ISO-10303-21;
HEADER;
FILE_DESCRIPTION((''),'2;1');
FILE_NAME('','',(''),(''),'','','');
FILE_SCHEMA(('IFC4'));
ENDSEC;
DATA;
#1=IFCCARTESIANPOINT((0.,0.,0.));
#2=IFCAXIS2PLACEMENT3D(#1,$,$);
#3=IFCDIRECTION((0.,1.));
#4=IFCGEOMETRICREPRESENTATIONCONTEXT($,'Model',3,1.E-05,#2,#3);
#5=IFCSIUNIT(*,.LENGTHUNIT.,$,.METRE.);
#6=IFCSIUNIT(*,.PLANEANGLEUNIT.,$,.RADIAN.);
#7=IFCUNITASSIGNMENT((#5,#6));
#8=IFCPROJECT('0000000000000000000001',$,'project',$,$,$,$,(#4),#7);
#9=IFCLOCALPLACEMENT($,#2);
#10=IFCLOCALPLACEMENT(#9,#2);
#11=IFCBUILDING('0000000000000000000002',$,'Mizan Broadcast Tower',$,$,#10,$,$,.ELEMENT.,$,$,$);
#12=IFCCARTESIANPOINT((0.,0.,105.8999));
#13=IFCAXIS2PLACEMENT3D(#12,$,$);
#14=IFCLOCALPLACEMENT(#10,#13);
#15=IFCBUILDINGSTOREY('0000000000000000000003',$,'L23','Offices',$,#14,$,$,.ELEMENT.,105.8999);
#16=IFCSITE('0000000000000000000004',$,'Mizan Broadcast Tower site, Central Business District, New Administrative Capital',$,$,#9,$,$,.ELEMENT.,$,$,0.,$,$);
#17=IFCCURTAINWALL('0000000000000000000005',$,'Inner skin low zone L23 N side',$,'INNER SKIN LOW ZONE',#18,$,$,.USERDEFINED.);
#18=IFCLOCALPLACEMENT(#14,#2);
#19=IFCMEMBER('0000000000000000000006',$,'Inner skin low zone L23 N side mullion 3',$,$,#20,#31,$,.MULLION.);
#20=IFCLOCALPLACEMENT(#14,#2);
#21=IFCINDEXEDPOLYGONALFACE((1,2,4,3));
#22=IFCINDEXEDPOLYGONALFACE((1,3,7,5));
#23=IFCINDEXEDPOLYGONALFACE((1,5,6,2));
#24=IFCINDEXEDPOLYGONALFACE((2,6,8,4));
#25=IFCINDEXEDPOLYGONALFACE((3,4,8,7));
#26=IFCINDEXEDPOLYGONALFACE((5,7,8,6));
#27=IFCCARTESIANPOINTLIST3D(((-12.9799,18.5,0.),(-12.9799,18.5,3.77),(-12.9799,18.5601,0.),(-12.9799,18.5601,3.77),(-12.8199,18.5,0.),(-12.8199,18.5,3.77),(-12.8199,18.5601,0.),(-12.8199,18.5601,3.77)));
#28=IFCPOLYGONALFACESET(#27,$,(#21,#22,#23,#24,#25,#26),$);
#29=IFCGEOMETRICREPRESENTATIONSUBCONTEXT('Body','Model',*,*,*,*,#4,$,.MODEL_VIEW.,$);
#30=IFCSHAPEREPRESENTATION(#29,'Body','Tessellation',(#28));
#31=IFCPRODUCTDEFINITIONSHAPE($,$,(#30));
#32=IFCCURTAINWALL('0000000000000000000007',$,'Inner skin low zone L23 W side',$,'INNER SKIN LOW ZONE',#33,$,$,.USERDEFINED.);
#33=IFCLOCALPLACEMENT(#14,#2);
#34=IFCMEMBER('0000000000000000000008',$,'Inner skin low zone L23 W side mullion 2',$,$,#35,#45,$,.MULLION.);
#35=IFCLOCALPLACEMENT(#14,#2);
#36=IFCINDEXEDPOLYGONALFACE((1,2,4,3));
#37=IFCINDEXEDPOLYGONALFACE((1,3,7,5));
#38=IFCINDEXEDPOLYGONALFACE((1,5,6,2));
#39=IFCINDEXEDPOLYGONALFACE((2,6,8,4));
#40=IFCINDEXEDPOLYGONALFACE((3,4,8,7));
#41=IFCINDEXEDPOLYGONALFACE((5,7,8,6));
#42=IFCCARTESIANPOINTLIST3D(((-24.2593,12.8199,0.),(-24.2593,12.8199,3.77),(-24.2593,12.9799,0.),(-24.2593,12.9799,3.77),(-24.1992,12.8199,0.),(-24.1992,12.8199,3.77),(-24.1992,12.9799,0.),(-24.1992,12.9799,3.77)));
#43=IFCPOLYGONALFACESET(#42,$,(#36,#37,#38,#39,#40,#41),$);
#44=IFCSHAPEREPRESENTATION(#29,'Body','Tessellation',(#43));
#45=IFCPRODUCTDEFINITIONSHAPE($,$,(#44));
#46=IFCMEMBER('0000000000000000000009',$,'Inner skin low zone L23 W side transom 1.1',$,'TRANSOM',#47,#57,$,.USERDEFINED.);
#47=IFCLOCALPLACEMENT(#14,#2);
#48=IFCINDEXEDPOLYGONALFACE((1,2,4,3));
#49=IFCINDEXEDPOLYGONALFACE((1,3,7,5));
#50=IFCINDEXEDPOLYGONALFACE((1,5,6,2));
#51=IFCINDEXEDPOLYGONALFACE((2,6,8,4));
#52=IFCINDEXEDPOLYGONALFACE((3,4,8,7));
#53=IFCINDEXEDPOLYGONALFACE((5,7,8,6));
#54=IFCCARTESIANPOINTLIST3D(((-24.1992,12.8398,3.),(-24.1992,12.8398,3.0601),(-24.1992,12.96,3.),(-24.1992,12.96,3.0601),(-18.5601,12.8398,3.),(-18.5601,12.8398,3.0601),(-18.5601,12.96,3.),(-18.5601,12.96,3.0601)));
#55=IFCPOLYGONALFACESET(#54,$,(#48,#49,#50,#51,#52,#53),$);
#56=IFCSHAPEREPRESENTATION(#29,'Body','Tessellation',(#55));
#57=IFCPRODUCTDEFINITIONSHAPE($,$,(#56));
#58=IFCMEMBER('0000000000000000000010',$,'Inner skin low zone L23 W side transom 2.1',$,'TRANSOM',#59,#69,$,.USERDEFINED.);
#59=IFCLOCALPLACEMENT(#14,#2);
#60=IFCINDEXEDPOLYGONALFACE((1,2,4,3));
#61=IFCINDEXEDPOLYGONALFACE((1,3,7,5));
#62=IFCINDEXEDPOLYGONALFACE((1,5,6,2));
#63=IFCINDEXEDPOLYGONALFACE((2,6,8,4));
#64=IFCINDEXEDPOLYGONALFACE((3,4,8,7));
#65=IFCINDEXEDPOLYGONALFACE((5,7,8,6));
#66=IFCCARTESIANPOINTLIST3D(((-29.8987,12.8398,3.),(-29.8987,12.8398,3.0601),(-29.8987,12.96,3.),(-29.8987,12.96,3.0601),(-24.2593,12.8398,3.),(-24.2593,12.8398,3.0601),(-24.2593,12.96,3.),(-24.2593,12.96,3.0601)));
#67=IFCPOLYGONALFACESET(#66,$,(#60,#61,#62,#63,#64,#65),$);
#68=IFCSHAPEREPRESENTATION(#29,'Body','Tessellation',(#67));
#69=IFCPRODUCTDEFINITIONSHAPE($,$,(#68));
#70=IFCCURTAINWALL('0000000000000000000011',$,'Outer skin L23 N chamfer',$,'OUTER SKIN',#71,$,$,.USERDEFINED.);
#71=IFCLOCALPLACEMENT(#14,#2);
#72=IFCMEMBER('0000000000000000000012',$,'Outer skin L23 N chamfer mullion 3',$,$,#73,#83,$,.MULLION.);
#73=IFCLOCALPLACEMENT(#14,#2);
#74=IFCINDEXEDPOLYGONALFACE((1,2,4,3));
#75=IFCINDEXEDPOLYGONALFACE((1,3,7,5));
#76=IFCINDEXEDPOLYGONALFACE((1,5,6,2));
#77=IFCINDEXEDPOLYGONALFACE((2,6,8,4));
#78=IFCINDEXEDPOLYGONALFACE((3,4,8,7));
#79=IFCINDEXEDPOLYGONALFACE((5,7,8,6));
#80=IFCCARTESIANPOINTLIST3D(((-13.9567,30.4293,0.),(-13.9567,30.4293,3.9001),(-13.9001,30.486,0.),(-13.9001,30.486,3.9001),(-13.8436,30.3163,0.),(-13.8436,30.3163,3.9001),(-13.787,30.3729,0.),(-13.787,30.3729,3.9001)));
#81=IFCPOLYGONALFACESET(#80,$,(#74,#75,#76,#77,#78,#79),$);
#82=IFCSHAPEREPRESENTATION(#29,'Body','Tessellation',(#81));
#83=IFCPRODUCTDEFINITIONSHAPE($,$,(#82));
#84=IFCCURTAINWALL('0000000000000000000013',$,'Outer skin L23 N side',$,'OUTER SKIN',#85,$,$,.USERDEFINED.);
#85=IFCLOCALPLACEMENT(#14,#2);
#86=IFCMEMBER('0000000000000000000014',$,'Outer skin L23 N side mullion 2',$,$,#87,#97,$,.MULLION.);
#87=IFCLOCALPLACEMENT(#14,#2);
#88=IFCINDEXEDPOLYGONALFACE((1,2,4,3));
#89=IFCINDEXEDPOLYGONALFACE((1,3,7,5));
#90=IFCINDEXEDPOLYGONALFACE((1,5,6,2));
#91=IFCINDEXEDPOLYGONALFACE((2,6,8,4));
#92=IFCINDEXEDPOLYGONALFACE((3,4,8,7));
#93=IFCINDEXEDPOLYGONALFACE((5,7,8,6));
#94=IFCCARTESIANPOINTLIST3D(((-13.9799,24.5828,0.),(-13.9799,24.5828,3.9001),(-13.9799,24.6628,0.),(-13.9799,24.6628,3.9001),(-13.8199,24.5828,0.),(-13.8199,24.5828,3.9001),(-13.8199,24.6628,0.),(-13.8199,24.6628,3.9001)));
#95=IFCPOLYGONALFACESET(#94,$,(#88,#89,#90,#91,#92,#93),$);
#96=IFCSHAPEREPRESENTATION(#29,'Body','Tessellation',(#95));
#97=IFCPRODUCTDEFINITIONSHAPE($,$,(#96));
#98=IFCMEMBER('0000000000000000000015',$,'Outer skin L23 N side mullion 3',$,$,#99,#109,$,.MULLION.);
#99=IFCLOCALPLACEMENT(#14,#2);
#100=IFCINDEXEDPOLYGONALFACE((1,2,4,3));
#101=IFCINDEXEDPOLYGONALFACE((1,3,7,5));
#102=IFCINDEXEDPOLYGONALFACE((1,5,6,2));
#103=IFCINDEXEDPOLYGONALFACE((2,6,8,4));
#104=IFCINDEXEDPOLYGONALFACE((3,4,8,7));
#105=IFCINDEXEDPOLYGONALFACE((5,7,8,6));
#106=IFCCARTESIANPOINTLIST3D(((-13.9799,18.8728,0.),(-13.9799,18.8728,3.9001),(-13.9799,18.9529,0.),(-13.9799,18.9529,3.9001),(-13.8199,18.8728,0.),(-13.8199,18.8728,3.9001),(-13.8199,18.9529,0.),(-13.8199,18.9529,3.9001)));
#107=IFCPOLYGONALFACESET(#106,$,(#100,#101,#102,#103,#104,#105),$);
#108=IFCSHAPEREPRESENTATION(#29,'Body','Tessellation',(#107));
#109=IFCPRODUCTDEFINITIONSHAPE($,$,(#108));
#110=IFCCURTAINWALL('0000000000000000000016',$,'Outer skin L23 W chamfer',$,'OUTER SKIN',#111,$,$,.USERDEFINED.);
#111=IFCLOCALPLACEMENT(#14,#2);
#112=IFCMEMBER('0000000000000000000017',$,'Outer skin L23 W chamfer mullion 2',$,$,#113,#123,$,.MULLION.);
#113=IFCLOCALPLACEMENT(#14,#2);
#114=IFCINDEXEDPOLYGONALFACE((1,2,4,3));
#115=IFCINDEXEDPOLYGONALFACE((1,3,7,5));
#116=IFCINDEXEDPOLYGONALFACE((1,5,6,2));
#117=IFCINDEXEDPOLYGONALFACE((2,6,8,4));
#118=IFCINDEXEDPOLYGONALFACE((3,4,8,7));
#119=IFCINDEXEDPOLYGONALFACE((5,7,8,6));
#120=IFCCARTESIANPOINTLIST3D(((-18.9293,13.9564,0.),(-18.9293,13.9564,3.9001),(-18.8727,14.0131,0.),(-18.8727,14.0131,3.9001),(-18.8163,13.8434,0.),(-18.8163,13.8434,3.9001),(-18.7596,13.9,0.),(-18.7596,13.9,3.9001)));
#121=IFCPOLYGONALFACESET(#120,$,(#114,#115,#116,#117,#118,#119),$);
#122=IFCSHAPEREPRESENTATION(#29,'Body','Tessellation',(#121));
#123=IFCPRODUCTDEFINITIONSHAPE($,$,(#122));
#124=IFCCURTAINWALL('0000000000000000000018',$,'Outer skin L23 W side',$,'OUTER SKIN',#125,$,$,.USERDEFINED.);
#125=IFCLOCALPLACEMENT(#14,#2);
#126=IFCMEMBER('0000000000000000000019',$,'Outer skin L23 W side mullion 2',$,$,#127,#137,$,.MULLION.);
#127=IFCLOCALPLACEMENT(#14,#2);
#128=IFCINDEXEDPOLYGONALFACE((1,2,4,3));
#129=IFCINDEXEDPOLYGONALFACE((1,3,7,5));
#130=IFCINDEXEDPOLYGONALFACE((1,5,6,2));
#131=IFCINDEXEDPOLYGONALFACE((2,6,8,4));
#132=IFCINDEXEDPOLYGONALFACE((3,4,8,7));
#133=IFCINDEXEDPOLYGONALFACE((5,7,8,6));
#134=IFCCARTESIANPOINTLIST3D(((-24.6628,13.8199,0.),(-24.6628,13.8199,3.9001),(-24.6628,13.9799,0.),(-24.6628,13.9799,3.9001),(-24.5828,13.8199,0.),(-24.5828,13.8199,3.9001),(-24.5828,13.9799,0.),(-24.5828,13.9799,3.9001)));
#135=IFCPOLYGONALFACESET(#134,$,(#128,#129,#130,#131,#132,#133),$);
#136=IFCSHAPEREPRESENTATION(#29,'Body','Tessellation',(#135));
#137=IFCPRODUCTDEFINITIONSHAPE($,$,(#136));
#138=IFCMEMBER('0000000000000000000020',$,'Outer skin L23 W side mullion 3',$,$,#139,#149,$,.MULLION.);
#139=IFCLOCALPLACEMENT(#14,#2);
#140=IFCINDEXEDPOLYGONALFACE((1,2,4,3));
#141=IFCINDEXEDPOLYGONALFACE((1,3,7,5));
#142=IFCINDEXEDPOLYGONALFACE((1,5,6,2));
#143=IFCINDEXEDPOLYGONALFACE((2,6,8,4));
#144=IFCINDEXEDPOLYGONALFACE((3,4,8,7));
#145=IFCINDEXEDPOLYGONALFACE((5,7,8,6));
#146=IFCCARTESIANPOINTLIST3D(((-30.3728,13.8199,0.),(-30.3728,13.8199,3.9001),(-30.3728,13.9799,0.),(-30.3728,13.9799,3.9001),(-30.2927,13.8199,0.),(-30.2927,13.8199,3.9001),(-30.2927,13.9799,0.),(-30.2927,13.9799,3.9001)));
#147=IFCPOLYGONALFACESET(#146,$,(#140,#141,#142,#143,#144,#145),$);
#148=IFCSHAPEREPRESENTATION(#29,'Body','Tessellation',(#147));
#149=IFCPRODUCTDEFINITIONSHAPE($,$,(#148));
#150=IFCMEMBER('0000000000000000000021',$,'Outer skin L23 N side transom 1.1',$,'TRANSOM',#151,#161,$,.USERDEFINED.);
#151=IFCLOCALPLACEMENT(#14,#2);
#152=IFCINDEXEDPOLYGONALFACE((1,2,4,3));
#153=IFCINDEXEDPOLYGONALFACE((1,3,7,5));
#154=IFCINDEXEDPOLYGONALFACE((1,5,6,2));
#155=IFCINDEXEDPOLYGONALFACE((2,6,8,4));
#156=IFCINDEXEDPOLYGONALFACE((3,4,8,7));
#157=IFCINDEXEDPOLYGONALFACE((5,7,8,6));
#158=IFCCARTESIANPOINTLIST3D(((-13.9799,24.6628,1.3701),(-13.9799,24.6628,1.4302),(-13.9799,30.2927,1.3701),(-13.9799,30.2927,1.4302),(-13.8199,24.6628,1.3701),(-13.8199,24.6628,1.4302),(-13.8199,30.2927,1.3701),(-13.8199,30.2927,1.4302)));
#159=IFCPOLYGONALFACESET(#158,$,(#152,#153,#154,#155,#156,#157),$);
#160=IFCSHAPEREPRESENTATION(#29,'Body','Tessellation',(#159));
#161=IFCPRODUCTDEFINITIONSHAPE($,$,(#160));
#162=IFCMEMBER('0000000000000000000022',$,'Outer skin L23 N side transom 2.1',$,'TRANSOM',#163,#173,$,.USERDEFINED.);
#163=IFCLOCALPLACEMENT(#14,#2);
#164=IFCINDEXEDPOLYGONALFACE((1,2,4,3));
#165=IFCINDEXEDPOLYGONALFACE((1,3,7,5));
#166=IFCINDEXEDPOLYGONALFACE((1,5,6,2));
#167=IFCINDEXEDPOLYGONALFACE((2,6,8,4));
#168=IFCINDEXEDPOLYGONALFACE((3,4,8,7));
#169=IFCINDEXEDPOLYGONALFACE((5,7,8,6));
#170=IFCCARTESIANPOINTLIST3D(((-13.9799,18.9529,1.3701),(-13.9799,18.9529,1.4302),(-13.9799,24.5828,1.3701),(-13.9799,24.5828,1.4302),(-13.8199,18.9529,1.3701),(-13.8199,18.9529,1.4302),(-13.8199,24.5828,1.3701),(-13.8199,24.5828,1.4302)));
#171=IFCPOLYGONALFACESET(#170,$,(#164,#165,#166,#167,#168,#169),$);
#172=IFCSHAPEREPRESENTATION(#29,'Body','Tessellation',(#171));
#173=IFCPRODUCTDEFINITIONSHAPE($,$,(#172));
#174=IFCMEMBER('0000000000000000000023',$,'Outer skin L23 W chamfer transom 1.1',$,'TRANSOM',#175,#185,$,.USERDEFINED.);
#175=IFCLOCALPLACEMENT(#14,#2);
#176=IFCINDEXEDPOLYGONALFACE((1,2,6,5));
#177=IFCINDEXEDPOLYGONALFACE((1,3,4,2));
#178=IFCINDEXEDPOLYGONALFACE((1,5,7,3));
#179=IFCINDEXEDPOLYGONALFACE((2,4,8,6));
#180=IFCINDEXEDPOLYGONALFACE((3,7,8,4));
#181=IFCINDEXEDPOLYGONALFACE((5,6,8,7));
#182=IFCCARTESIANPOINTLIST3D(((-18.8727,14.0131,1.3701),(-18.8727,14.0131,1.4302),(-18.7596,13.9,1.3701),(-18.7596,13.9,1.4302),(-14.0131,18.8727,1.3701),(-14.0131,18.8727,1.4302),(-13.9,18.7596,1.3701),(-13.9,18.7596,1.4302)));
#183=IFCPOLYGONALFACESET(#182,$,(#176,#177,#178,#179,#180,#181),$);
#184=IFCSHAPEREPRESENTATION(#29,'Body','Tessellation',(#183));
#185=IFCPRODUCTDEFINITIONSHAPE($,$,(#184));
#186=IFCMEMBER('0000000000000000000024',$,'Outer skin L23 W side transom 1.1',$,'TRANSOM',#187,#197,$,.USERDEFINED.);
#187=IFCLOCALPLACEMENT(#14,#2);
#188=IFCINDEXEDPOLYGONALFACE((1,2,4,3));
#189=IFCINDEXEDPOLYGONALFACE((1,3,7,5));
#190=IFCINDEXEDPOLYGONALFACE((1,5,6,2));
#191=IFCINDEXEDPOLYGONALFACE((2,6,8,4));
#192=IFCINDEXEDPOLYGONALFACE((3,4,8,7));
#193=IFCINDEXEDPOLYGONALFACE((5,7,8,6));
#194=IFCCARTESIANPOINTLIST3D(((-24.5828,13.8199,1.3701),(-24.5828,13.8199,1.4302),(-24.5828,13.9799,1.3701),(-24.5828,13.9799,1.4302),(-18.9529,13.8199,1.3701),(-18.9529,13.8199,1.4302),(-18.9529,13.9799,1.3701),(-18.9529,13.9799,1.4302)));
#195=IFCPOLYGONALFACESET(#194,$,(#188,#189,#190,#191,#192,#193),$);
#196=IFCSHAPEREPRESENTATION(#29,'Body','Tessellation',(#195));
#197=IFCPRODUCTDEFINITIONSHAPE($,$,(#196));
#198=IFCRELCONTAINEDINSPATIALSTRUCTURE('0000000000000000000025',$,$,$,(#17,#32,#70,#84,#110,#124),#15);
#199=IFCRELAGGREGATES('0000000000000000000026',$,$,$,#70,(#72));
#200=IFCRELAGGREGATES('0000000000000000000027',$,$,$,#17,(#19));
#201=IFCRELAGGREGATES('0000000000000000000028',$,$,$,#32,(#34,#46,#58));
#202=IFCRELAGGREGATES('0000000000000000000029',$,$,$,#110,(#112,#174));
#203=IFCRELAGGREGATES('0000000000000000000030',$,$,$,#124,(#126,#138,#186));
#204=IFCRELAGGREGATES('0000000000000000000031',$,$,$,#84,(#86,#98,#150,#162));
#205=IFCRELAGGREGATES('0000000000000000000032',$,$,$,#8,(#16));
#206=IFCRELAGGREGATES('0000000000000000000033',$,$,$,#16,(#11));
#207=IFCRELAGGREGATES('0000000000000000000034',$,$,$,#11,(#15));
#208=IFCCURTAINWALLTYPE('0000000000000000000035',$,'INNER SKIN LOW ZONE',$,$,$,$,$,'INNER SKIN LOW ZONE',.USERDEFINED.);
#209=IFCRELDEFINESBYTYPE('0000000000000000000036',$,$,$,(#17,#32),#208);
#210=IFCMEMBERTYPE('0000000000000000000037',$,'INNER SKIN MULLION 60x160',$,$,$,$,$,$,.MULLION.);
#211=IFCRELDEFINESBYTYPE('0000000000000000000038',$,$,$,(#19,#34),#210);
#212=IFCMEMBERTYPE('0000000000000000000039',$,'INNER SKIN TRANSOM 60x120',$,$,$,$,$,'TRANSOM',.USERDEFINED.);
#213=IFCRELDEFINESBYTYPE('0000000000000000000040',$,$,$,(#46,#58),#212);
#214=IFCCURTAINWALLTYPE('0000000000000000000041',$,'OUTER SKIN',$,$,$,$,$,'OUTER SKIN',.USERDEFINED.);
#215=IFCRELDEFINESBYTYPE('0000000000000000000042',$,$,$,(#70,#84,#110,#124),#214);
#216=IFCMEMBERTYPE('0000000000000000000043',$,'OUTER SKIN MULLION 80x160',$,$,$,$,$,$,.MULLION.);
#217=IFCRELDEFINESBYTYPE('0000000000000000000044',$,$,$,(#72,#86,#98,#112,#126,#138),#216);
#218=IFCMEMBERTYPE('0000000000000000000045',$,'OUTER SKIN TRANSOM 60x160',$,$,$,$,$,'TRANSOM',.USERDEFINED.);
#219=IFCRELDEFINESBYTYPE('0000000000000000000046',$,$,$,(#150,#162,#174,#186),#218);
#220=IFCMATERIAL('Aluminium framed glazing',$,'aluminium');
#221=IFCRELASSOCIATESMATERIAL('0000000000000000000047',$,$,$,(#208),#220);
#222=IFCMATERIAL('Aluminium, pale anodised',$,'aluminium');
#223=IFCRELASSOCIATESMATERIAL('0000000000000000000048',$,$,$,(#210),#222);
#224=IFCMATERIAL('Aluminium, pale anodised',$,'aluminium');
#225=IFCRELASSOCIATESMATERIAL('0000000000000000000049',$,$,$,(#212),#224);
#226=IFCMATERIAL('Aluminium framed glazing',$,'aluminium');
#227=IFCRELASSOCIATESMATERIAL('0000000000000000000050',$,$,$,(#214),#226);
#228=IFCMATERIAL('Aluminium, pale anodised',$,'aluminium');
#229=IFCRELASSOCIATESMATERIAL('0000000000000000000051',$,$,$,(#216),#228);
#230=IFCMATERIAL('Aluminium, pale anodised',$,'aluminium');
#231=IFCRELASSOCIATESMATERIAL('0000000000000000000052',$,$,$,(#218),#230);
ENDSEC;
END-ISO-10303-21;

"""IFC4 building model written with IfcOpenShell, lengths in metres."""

from ifc_helpers import new_model, si_unit, direction, frame, origin, origin_2d, place, context, subcontext, project, spatial, rectangle, extrude, material, material_profile, profile_set, type_object, element, aggregate, save


model = new_model("IFC4")

# Units and contexts
model_context = context("Model", 3, precision=1e-05, world=origin(), true_north=direction((0.0, 1.0)))
body_context = subcontext(model_context, "Body", "Model", "MODEL_VIEW")
ifc_project = project(units=[si_unit("LENGTHUNIT", "METRE"), si_unit("PLANEANGLEUNIT", "RADIAN")], contexts=[model_context])

# Site, building, storey
site_placement = place(None, origin())
site = spatial("IfcSite", under=ifc_project, at=site_placement, Name="Mizan Broadcast Tower site, Central Business District, New Administrative Capital", CompositionType="ELEMENT", RefElevation=0.0)
building_placement = place(site_placement, origin())
building = spatial("IfcBuilding", under=site, at=building_placement, Name="Mizan Broadcast Tower", CompositionType="ELEMENT")
storey_placement = place(building_placement, frame((0.0, 0.0, 105.8999)))
storey = spatial("IfcBuildingStorey", under=building, at=storey_placement, Name="L23", Description="Offices", CompositionType="ELEMENT", Elevation=105.8999)

# Curtain wall, member
ifc_material_1 = material(Name="Aluminium framed glazing", Category="aluminium")
curtain_wall_type_1 = type_object("IfcCurtainWallType", Name="INNER SKIN LOW ZONE", ElementType="INNER SKIN LOW ZONE", PredefinedType="USERDEFINED", material=ifc_material_1)
curtain_wall_1_placement = place(storey_placement, origin())
curtain_wall_1 = element("IfcCurtainWall", 1, at=curtain_wall_1_placement, inside=storey, type_object=curtain_wall_type_1, Name="Inner skin low zone L23 N side", ObjectType="INNER SKIN LOW ZONE", PredefinedType="USERDEFINED")
ifc_material_2 = material(Name="Aluminium, pale anodised", Category="aluminium")
ifc_material_profile_1 = material_profile(ifc_material_2, rectangle(XDim=0.1599, YDim=0.0601, at=origin_2d()), Name="MULLION 160x60")
ifc_profile_set_1 = profile_set([ifc_material_profile_1], Name="Aluminium, pale anodised")
member_type_1 = type_object("IfcMemberType", Name="INNER SKIN MULLION 60x160", PredefinedType="MULLION", material=ifc_profile_set_1)
member_1_placement = place(storey_placement, frame((-12.8999, 18.53, 0.0), z_axis=(0.0, 0.0, 1.0), x_axis=(1.0, 0.0, 0.0)))
member_1 = element("IfcMember", 2, at=member_1_placement, type_object=member_type_1, Name="Inner skin low zone L23 N side mullion 3", PredefinedType="MULLION", context=body_context, shape_type="SweptSolid", body=[
    extrude(rectangle(XDim=0.1599, YDim=0.0601, at=origin_2d()), origin(), (0.0, 0.0, 1.0), 3.77),
])

# Curtain wall, members
curtain_wall_2_placement = place(storey_placement, origin())
curtain_wall_2 = element("IfcCurtainWall", 3, at=curtain_wall_2_placement, inside=storey, type_object=curtain_wall_type_1, Name="Inner skin low zone L23 W side", ObjectType="INNER SKIN LOW ZONE", PredefinedType="USERDEFINED")
member_2_placement = place(storey_placement, frame((-24.2292, 12.8999, 0.0), z_axis=(0.0, 0.0, 1.0), x_axis=(0.0, -1.0, 0.0)))
member_2 = element("IfcMember", 4, at=member_2_placement, type_object=member_type_1, Name="Inner skin low zone L23 W side mullion 2", PredefinedType="MULLION", context=body_context, shape_type="SweptSolid", body=[
    extrude(rectangle(XDim=0.1599, YDim=0.0601, at=origin_2d()), origin(), (0.0, 0.0, 1.0), 3.77),
])
ifc_material_3 = material(Name="Aluminium, pale anodised", Category="aluminium")
ifc_material_profile_2 = material_profile(ifc_material_3, rectangle(XDim=0.1201, YDim=0.0601, at=origin_2d()), Name="TRANSOM 120x60")
ifc_profile_set_2 = profile_set([ifc_material_profile_2], Name="Aluminium, pale anodised")
member_type_2 = type_object("IfcMemberType", Name="INNER SKIN TRANSOM 60x120", ElementType="TRANSOM", PredefinedType="USERDEFINED", material=ifc_profile_set_2)
member_3_placement = place(storey_placement, frame((-18.5601, 12.8999, 3.03), z_axis=(-1.0, 0.0, 0.0), x_axis=(0.0, -1.0, 0.0)))
member_3 = element("IfcMember", 5, at=member_3_placement, type_object=member_type_2, Name="Inner skin low zone L23 W side transom 1.1", ObjectType="TRANSOM", PredefinedType="USERDEFINED", context=body_context, shape_type="SweptSolid", body=[
    extrude(rectangle(XDim=0.1201, YDim=0.0601, at=origin_2d()), origin(), (0.0, 0.0, 1.0), 5.6392),
])
member_4_placement = place(storey_placement, frame((-24.2593, 12.8999, 3.03), z_axis=(-1.0, 0.0, 0.0), x_axis=(0.0, -1.0, 0.0)))
member_4 = element("IfcMember", 6, at=member_4_placement, type_object=member_type_2, Name="Inner skin low zone L23 W side transom 2.1", ObjectType="TRANSOM", PredefinedType="USERDEFINED", context=body_context, shape_type="SweptSolid", body=[
    extrude(rectangle(XDim=0.1201, YDim=0.0601, at=origin_2d()), origin(), (0.0, 0.0, 1.0), 5.6394),
])

# Curtain wall, member
ifc_material_4 = material(Name="Aluminium framed glazing", Category="aluminium")
curtain_wall_type_2 = type_object("IfcCurtainWallType", Name="OUTER SKIN", ElementType="OUTER SKIN", PredefinedType="USERDEFINED", material=ifc_material_4)
curtain_wall_3_placement = place(storey_placement, origin())
curtain_wall_3 = element("IfcCurtainWall", 7, at=curtain_wall_3_placement, inside=storey, type_object=curtain_wall_type_2, Name="Outer skin L23 N chamfer", ObjectType="OUTER SKIN", PredefinedType="USERDEFINED")
ifc_material_5 = material(Name="Aluminium, pale anodised", Category="aluminium")
ifc_material_profile_3 = material_profile(ifc_material_5, rectangle(XDim=0.1599, YDim=0.0801, at=origin_2d()), Name="MULLION 160x80")
ifc_profile_set_3 = profile_set([ifc_material_profile_3], Name="Aluminium, pale anodised")
member_type_3 = type_object("IfcMemberType", Name="OUTER SKIN MULLION 80x160", PredefinedType="MULLION", material=ifc_profile_set_3)
member_5_placement = place(storey_placement, frame((-13.8718, 30.4011, 0.0), z_axis=(0.0, 0.0, 1.0), x_axis=(0.707107, -0.707107, 0.0)))
member_5 = element("IfcMember", 8, at=member_5_placement, type_object=member_type_3, Name="Outer skin L23 N chamfer mullion 3", PredefinedType="MULLION", context=body_context, shape_type="SweptSolid", body=[
    extrude(rectangle(XDim=0.1599, YDim=0.0801, at=origin_2d()), origin(), (0.0, 0.0, 1.0), 3.9001),
])
aggregate(curtain_wall_3, [member_5])

# Curtain wall, members
curtain_wall_4_placement = place(storey_placement, origin())
curtain_wall_4 = element("IfcCurtainWall", 9, at=curtain_wall_4_placement, inside=storey, type_object=curtain_wall_type_2, Name="Outer skin L23 N side", ObjectType="OUTER SKIN", PredefinedType="USERDEFINED")
member_6_placement = place(storey_placement, frame((-13.8999, 24.6228, 0.0), z_axis=(0.0, 0.0, 1.0), x_axis=(1.0, 0.0, 0.0)))
member_6 = element("IfcMember", 10, at=member_6_placement, type_object=member_type_3, Name="Outer skin L23 N side mullion 2", PredefinedType="MULLION", context=body_context, shape_type="SweptSolid", body=[
    extrude(rectangle(XDim=0.1599, YDim=0.0801, at=origin_2d()), origin(), (0.0, 0.0, 1.0), 3.9001),
])
member_7_placement = place(storey_placement, frame((-13.8999, 18.9128, 0.0), z_axis=(0.0, 0.0, 1.0), x_axis=(1.0, 0.0, 0.0)))
member_7 = element("IfcMember", 11, at=member_7_placement, type_object=member_type_3, Name="Outer skin L23 N side mullion 3", PredefinedType="MULLION", context=body_context, shape_type="SweptSolid", body=[
    extrude(rectangle(XDim=0.1599, YDim=0.0801, at=origin_2d()), origin(), (0.0, 0.0, 1.0), 3.9001),
])

# Curtain wall, member
curtain_wall_5_placement = place(storey_placement, origin())
curtain_wall_5 = element("IfcCurtainWall", 12, at=curtain_wall_5_placement, inside=storey, type_object=curtain_wall_type_2, Name="Outer skin L23 W chamfer", ObjectType="OUTER SKIN", PredefinedType="USERDEFINED")
member_8_placement = place(storey_placement, frame((-18.8445, 13.9282, 0.0), z_axis=(0.0, 0.0, 1.0), x_axis=(0.707107, -0.707107, 0.0)))
member_8 = element("IfcMember", 13, at=member_8_placement, type_object=member_type_3, Name="Outer skin L23 W chamfer mullion 2", PredefinedType="MULLION", context=body_context, shape_type="SweptSolid", body=[
    extrude(rectangle(XDim=0.1599, YDim=0.0801, at=origin_2d()), origin(), (0.0, 0.0, 1.0), 3.9001),
])

# Curtain wall, members
curtain_wall_6_placement = place(storey_placement, origin())
curtain_wall_6 = element("IfcCurtainWall", 14, at=curtain_wall_6_placement, inside=storey, type_object=curtain_wall_type_2, Name="Outer skin L23 W side", ObjectType="OUTER SKIN", PredefinedType="USERDEFINED")
member_9_placement = place(storey_placement, frame((-24.6228, 13.8999, 0.0), z_axis=(0.0, 0.0, 1.0), x_axis=(0.0, -1.0, 0.0)))
member_9 = element("IfcMember", 15, at=member_9_placement, type_object=member_type_3, Name="Outer skin L23 W side mullion 2", PredefinedType="MULLION", context=body_context, shape_type="SweptSolid", body=[
    extrude(rectangle(XDim=0.1599, YDim=0.0801, at=origin_2d()), origin(), (0.0, 0.0, 1.0), 3.9001),
])
member_10_placement = place(storey_placement, frame((-30.3328, 13.8999, 0.0), z_axis=(0.0, 0.0, 1.0), x_axis=(0.0, -1.0, 0.0)))
member_10 = element("IfcMember", 16, at=member_10_placement, type_object=member_type_3, Name="Outer skin L23 W side mullion 3", PredefinedType="MULLION", context=body_context, shape_type="SweptSolid", body=[
    extrude(rectangle(XDim=0.1599, YDim=0.0801, at=origin_2d()), origin(), (0.0, 0.0, 1.0), 3.9001),
])

# Members
ifc_material_6 = material(Name="Aluminium, pale anodised", Category="aluminium")
ifc_material_profile_4 = material_profile(ifc_material_6, rectangle(XDim=0.1599, YDim=0.0601, at=origin_2d()), Name="TRANSOM 160x60")
ifc_profile_set_4 = profile_set([ifc_material_profile_4], Name="Aluminium, pale anodised")
member_type_4 = type_object("IfcMemberType", Name="OUTER SKIN TRANSOM 60x160", ElementType="TRANSOM", PredefinedType="USERDEFINED", material=ifc_profile_set_4)
member_11_placement = place(storey_placement, frame((-13.8999, 30.2927, 1.4001), z_axis=(0.0, -1.0, 0.0), x_axis=(1.0, 0.0, 0.0)))
member_11 = element("IfcMember", 17, at=member_11_placement, type_object=member_type_4, Name="Outer skin L23 N side transom 1.1", ObjectType="TRANSOM", PredefinedType="USERDEFINED", context=body_context, shape_type="SweptSolid", body=[
    extrude(rectangle(XDim=0.1599, YDim=0.0601, at=origin_2d()), origin(), (0.0, 0.0, 1.0), 5.6299),
])
member_12_placement = place(storey_placement, frame((-13.8999, 24.5828, 1.4001), z_axis=(0.0, -1.0, 0.0), x_axis=(1.0, 0.0, 0.0)))
member_12 = element("IfcMember", 18, at=member_12_placement, type_object=member_type_4, Name="Outer skin L23 N side transom 2.1", ObjectType="TRANSOM", PredefinedType="USERDEFINED", context=body_context, shape_type="SweptSolid", body=[
    extrude(rectangle(XDim=0.1599, YDim=0.0601, at=origin_2d()), origin(), (0.0, 0.0, 1.0), 5.6299),
])
member_13_placement = place(storey_placement, frame((-13.9565, 18.8162, 1.4001), z_axis=(-0.707107, -0.707107, 0.0), x_axis=(0.707107, -0.707107, 0.0)))
member_13 = element("IfcMember", 19, at=member_13_placement, type_object=member_type_4, Name="Outer skin L23 W chamfer transom 1.1", ObjectType="TRANSOM", PredefinedType="USERDEFINED", context=body_context, shape_type="SweptSolid", body=[
    extrude(rectangle(XDim=0.1599, YDim=0.0601, at=origin_2d()), origin(), (0.0, 0.0, 1.0), 6.8726),
])
member_14_placement = place(storey_placement, frame((-18.9529, 13.8999, 1.4001), z_axis=(-1.0, 0.0, 0.0), x_axis=(0.0, -1.0, 0.0)))
member_14 = element("IfcMember", 20, at=member_14_placement, type_object=member_type_4, Name="Outer skin L23 W side transom 1.1", ObjectType="TRANSOM", PredefinedType="USERDEFINED", context=body_context, shape_type="SweptSolid", body=[
    extrude(rectangle(XDim=0.1599, YDim=0.0601, at=origin_2d()), origin(), (0.0, 0.0, 1.0), 5.6299),
])

aggregate(curtain_wall_1, [member_1])
aggregate(curtain_wall_2, [member_2, member_3, member_4])
aggregate(curtain_wall_5, [member_8, member_13])
aggregate(curtain_wall_6, [member_9, member_10, member_14])
aggregate(curtain_wall_4, [member_6, member_7, member_11, member_12])

save(model, "model.ifc")
